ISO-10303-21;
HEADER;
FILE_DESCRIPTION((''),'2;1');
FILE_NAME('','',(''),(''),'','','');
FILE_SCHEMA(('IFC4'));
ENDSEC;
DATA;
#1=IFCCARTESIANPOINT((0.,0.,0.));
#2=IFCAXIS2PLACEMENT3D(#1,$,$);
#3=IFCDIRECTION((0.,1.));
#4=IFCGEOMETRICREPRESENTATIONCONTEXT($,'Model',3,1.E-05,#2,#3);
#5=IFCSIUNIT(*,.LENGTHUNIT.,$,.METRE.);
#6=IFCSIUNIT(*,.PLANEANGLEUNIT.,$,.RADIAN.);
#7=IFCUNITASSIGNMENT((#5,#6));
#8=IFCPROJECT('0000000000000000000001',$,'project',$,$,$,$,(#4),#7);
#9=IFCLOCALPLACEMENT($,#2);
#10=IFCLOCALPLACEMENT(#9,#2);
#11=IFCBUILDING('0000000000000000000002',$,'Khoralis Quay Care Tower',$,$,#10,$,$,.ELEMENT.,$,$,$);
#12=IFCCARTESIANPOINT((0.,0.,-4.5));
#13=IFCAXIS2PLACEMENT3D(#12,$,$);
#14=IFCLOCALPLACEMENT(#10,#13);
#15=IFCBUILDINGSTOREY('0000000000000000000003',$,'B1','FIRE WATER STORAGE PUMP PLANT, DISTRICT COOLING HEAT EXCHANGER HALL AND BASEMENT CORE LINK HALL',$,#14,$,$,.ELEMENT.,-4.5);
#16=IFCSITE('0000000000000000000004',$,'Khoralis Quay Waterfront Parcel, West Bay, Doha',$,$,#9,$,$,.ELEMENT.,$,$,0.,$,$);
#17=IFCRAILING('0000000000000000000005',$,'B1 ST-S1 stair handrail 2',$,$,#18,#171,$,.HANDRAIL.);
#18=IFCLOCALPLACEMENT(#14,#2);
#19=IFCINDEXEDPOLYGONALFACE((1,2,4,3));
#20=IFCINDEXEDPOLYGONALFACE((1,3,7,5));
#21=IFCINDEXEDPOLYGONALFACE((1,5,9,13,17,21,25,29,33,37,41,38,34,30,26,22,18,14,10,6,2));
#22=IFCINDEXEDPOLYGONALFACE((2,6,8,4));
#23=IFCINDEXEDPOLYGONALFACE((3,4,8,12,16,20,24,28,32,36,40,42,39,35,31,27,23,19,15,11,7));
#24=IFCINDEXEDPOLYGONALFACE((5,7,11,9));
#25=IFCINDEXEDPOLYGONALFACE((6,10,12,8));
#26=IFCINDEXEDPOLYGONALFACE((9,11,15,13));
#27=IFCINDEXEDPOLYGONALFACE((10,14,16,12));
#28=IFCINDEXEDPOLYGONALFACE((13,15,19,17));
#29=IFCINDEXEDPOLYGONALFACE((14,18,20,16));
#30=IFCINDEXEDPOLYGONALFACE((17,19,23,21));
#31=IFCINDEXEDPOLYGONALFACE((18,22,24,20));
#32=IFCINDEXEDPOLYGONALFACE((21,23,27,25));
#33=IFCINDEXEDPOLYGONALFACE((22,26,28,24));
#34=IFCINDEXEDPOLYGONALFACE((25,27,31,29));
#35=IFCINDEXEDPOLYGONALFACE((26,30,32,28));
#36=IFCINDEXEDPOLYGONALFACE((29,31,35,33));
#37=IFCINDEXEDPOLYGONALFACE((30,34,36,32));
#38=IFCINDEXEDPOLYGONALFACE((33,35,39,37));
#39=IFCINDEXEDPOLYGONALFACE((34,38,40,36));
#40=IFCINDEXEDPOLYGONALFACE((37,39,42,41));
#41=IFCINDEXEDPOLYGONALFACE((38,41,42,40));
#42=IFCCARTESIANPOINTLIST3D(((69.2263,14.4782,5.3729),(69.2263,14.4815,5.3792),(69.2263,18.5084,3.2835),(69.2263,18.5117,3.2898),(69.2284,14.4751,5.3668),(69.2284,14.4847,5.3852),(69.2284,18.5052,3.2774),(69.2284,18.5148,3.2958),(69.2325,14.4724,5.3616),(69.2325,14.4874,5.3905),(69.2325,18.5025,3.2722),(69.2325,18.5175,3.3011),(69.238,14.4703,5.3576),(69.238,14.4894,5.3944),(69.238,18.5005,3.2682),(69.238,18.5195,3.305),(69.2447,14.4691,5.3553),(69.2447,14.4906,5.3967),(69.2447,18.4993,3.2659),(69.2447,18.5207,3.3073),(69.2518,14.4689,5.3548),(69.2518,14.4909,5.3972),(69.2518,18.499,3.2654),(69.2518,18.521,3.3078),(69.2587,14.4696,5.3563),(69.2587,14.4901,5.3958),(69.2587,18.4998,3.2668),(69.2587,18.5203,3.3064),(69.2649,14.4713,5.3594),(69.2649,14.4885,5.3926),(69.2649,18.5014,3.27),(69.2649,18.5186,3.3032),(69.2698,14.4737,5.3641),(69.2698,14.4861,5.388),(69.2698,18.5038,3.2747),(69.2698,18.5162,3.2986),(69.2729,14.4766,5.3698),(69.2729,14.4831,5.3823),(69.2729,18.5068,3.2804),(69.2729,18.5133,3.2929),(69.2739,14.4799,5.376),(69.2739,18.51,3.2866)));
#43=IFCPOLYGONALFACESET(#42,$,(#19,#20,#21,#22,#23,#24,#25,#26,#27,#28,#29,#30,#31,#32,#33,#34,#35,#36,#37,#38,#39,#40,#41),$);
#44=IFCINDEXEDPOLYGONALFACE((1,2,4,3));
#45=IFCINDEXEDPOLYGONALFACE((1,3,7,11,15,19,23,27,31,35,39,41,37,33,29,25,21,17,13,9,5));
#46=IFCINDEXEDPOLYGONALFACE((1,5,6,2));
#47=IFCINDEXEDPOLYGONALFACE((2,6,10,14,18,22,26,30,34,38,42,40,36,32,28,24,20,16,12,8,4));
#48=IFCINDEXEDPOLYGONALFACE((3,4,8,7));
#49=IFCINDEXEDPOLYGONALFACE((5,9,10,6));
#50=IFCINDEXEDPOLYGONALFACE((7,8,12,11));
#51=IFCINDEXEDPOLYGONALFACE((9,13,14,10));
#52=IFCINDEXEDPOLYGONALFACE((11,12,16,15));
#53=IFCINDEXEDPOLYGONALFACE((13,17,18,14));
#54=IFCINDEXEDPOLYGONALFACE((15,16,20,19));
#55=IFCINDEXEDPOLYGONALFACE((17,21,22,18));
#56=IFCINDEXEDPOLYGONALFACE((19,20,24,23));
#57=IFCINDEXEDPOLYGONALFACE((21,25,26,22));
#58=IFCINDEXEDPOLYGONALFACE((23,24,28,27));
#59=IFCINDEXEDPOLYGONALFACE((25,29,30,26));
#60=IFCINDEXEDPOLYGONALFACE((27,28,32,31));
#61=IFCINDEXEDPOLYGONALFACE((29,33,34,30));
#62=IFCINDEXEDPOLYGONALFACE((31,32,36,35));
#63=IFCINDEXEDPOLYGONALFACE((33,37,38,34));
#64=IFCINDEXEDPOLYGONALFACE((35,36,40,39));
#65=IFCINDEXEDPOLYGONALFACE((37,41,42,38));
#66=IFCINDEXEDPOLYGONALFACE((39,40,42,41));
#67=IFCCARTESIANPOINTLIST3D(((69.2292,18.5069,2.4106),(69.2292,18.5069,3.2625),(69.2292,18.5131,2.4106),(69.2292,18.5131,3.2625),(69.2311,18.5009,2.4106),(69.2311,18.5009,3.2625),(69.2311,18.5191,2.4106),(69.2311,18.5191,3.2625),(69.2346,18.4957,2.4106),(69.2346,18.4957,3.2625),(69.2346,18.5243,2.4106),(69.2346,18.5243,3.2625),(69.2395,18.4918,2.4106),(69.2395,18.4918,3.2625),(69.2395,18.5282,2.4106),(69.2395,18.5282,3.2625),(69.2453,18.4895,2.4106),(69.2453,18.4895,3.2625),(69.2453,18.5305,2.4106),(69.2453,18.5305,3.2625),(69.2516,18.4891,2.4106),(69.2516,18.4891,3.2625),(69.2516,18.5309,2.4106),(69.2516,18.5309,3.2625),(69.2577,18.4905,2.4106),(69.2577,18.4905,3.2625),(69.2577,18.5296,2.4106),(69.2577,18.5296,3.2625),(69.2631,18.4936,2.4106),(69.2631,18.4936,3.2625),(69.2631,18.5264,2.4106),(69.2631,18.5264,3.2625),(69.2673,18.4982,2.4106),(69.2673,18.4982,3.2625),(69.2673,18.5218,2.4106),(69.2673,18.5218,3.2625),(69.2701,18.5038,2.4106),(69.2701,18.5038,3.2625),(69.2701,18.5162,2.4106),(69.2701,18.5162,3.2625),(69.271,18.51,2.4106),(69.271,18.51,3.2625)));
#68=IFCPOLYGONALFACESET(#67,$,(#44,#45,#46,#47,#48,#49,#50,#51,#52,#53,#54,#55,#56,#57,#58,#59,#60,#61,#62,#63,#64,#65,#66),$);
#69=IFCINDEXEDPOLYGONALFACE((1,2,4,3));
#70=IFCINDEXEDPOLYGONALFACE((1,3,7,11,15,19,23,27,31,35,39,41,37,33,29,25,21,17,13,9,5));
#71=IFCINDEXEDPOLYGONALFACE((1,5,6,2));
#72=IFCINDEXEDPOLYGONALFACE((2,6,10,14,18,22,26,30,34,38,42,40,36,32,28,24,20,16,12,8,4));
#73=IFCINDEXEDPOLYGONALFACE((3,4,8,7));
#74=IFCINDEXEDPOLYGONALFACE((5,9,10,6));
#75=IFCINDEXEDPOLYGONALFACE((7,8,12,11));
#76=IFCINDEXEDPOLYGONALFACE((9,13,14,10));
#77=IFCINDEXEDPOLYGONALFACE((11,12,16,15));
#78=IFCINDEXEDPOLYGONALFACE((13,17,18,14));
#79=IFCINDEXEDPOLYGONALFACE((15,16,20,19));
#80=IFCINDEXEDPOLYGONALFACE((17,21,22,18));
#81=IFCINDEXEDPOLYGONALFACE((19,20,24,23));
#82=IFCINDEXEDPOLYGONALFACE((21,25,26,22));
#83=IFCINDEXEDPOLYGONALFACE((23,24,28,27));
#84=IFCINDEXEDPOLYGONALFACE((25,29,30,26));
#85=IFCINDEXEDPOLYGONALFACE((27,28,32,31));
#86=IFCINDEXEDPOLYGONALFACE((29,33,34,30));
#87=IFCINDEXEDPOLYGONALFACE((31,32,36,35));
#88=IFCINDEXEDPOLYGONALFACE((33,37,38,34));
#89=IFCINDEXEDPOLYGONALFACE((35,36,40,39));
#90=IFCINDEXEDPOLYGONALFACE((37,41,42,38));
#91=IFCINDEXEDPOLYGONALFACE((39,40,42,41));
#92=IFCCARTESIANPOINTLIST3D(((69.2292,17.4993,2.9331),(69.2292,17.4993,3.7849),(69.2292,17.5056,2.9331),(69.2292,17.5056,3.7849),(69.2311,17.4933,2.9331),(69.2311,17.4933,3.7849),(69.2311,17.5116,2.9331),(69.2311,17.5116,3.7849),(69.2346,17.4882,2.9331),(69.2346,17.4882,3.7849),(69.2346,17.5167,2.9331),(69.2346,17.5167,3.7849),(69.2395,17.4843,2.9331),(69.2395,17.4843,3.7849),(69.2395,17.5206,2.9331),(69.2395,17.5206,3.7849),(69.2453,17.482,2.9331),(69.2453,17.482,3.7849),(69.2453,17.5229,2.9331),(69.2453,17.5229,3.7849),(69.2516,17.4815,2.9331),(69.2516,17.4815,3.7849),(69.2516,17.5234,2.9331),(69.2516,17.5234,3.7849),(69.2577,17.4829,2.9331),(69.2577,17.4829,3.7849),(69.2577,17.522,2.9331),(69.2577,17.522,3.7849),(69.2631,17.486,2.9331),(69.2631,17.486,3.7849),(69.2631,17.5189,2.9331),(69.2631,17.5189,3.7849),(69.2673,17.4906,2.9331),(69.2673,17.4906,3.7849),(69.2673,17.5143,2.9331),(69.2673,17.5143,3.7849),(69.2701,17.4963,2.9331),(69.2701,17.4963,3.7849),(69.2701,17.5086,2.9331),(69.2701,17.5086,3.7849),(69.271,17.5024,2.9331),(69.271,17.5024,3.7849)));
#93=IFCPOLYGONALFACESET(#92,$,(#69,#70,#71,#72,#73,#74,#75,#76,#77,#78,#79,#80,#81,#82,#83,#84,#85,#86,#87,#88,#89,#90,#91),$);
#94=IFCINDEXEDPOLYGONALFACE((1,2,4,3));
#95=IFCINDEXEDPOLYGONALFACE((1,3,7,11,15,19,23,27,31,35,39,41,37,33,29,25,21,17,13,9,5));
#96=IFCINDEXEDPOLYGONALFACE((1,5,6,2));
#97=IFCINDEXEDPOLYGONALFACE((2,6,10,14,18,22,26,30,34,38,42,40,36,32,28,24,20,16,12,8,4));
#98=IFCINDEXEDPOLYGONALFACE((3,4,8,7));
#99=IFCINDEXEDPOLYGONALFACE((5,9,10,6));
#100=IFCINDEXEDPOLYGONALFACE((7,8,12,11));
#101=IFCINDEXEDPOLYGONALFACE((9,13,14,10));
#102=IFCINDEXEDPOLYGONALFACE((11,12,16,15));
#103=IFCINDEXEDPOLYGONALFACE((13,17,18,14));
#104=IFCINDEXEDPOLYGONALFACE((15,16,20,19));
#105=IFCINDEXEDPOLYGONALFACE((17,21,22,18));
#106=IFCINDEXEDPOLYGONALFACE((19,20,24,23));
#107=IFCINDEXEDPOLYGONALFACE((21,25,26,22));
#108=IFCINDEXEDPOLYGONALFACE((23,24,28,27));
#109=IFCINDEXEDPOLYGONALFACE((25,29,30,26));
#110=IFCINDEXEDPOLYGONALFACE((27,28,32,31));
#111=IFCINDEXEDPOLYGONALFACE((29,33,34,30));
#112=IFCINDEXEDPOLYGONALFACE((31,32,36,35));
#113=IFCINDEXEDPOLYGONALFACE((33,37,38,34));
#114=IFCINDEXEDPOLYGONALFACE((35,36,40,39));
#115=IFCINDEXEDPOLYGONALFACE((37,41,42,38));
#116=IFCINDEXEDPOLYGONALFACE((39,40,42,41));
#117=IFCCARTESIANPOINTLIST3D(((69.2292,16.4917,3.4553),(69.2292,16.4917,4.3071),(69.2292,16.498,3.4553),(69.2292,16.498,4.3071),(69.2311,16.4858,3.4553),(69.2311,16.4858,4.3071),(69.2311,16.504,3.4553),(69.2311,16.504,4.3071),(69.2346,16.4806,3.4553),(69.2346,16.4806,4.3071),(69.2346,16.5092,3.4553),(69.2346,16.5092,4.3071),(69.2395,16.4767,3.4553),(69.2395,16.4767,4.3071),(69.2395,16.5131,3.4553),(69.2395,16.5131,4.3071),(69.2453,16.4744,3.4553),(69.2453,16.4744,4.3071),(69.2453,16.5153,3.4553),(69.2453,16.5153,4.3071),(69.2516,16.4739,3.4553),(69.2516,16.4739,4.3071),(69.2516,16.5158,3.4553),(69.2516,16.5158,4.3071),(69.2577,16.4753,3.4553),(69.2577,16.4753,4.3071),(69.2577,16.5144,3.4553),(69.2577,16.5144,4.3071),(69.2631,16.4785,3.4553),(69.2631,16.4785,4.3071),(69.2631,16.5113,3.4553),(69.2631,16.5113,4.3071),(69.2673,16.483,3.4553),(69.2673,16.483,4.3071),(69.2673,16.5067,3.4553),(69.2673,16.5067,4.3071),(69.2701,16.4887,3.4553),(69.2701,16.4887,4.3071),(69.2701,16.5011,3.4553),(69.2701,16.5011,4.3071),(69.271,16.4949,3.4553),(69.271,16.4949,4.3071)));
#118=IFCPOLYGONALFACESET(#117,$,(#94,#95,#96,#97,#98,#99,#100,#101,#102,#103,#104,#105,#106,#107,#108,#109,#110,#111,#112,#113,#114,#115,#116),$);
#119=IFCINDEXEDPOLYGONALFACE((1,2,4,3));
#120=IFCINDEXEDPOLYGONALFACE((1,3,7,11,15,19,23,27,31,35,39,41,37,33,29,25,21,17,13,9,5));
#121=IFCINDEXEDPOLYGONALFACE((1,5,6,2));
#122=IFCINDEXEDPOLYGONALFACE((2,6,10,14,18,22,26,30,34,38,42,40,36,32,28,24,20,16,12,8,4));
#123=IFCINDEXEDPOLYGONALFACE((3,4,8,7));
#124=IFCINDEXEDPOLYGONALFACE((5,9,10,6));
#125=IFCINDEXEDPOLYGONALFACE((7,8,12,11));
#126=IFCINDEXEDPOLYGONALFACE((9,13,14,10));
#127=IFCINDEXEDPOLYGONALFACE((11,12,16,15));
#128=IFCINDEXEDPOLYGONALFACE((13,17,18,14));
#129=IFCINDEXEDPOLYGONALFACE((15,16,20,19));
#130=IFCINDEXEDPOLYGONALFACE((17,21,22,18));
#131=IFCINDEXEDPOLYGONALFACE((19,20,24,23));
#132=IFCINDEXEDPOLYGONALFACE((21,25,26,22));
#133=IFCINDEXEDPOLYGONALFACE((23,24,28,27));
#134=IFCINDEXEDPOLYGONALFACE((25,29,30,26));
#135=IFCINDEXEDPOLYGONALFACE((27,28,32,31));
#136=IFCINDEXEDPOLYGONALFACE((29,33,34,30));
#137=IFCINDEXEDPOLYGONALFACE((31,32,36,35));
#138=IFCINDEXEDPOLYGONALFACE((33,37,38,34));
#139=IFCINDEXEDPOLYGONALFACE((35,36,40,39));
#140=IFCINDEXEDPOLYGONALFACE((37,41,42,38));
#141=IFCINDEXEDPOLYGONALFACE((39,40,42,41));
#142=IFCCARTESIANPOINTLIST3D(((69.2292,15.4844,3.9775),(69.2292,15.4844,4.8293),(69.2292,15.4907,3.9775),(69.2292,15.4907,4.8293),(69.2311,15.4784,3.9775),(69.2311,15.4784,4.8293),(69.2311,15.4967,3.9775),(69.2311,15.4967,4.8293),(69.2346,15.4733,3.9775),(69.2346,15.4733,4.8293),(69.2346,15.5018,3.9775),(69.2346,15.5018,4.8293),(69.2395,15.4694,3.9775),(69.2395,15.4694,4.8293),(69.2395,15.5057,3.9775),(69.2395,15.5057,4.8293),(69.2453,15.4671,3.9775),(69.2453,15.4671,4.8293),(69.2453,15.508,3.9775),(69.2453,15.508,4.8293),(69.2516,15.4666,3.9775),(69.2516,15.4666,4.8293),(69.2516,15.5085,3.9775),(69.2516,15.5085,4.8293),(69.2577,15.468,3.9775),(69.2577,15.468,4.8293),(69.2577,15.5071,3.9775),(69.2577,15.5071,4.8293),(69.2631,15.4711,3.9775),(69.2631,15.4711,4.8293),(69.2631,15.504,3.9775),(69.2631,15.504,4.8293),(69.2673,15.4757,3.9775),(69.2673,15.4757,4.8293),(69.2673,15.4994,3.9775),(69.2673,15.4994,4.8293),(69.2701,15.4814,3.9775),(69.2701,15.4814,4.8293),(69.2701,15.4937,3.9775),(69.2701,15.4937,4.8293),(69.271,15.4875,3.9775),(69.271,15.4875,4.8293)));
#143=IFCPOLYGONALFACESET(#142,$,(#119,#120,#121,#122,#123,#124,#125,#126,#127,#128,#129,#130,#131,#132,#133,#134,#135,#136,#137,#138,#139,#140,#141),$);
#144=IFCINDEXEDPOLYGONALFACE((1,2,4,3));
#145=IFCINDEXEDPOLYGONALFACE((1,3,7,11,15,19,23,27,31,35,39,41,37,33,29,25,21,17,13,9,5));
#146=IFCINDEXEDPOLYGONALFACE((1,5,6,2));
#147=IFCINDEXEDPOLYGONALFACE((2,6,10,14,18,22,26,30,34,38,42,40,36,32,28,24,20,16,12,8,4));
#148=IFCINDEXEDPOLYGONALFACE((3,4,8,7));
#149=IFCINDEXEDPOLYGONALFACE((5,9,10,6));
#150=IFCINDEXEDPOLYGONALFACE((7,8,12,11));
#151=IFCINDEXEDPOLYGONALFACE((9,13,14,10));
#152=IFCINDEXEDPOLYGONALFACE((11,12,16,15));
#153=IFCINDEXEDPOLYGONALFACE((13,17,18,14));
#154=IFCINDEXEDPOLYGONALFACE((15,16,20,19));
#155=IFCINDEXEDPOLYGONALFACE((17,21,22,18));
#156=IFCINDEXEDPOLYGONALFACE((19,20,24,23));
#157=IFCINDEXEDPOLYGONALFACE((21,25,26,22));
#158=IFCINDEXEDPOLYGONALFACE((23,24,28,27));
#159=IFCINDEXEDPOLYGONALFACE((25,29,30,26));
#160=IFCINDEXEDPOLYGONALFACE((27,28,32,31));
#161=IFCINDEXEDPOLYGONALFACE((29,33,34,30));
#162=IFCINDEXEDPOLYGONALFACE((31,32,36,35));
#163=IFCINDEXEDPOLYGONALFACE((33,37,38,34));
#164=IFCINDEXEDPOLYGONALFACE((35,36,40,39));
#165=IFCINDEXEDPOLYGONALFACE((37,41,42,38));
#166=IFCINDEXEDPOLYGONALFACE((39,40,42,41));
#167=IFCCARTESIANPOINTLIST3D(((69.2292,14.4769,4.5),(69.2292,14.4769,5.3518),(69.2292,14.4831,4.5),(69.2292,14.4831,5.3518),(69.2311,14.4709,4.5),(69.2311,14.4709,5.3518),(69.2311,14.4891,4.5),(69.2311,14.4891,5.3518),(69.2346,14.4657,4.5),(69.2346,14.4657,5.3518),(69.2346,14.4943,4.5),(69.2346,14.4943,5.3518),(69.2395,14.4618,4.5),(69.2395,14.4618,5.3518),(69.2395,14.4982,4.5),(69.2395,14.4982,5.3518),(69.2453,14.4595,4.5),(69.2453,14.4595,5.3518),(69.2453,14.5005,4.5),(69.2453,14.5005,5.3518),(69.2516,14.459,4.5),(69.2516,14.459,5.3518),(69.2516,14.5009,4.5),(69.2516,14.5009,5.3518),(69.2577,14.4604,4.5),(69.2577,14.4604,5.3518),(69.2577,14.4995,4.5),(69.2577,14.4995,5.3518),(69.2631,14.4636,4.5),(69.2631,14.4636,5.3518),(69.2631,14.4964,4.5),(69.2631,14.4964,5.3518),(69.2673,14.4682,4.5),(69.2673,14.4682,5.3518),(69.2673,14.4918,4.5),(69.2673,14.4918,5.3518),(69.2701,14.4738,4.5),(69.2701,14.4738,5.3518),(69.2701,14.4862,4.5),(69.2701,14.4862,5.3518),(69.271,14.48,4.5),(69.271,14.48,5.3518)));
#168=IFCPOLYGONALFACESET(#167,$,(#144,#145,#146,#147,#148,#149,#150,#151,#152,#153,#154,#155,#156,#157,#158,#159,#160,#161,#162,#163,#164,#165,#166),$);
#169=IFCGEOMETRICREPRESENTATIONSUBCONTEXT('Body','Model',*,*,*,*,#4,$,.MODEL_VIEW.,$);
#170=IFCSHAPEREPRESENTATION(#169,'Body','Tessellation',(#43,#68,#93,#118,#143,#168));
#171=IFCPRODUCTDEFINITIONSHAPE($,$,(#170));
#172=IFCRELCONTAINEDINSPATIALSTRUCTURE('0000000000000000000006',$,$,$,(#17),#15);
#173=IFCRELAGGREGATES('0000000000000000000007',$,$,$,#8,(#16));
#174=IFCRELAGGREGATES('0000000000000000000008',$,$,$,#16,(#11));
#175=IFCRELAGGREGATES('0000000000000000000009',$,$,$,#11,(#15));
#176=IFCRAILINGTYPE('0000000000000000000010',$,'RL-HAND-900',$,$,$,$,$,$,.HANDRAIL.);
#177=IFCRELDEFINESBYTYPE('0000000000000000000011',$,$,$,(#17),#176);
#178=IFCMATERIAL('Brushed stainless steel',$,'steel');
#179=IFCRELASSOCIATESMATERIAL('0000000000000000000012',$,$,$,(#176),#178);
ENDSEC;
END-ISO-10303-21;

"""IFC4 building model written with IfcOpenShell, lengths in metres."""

from ifc_helpers import new_model, si_unit, direction, frame, origin, origin_2d, place, context, subcontext, project, spatial, circle, extrude, material, type_object, element, save


model = new_model("IFC4")

# Units and contexts
model_context = context("Model", 3, precision=1e-05, world=origin(), true_north=direction((0.0, 1.0)))
body_context = subcontext(model_context, "Body", "Model", "MODEL_VIEW")
ifc_project = project(units=[si_unit("LENGTHUNIT", "METRE"), si_unit("PLANEANGLEUNIT", "RADIAN")], contexts=[model_context])

# Site, building, storey
site_placement = place(None, origin())
site = spatial("IfcSite", under=ifc_project, at=site_placement, Name="Khoralis Quay Waterfront Parcel, West Bay, Doha", CompositionType="ELEMENT", RefElevation=0.0)
building_placement = place(site_placement, origin())
building = spatial("IfcBuilding", under=site, at=building_placement, Name="Khoralis Quay Care Tower", CompositionType="ELEMENT")
storey_placement = place(building_placement, frame((0.0, 0.0, -4.5)))
storey = spatial("IfcBuildingStorey", under=building, at=storey_placement, Name="B1", Description="FIRE WATER STORAGE PUMP PLANT, DISTRICT COOLING HEAT EXCHANGER HALL AND BASEMENT CORE LINK HALL", CompositionType="ELEMENT", Elevation=-4.5)

# Railing
ifc_material_1 = material(Name="Brushed stainless steel", Category="steel")
railing_type_1 = type_object("IfcRailingType", Name="RL-HAND-900", PredefinedType="HANDRAIL", material=ifc_material_1)
railing_1_placement = place(storey_placement, frame((69.25, 18.51, 2.4106)))
element("IfcRailing", 1, at=railing_1_placement, inside=storey, type_object=railing_type_1, Name="B1 ST-S1 stair handrail 2", PredefinedType="HANDRAIL", context=body_context, shape_type="SweptSolid", body=[
    extrude(circle(Radius=0.0239, at=origin_2d()), frame((0.0, 0.0, 0.876), z_axis=(0.0, -0.887781, 0.460267), x_axis=(1.0, 0.0, 0.0)), (0.0, 0.0, 1.0), 4.5396),
    extrude(circle(Radius=0.021, at=origin_2d()), origin(), (0.0, 0.0, 1.0), 0.8518),
    extrude(circle(Radius=0.021, at=origin_2d()), frame((0.0, -1.0076, 0.5225)), (0.0, 0.0, 1.0), 0.8518),
    extrude(circle(Radius=0.021, at=origin_2d()), frame((0.0, -2.0151, 1.0447)), (0.0, 0.0, 1.0), 0.8518),
    extrude(circle(Radius=0.021, at=origin_2d()), frame((0.0, -3.0225, 1.5669)), (0.0, 0.0, 1.0), 0.8518),
    extrude(circle(Radius=0.021, at=origin_2d()), frame((0.0, -4.03, 2.0894)), (0.0, 0.0, 1.0), 0.8518),
])

save(model, "model.ifc")
